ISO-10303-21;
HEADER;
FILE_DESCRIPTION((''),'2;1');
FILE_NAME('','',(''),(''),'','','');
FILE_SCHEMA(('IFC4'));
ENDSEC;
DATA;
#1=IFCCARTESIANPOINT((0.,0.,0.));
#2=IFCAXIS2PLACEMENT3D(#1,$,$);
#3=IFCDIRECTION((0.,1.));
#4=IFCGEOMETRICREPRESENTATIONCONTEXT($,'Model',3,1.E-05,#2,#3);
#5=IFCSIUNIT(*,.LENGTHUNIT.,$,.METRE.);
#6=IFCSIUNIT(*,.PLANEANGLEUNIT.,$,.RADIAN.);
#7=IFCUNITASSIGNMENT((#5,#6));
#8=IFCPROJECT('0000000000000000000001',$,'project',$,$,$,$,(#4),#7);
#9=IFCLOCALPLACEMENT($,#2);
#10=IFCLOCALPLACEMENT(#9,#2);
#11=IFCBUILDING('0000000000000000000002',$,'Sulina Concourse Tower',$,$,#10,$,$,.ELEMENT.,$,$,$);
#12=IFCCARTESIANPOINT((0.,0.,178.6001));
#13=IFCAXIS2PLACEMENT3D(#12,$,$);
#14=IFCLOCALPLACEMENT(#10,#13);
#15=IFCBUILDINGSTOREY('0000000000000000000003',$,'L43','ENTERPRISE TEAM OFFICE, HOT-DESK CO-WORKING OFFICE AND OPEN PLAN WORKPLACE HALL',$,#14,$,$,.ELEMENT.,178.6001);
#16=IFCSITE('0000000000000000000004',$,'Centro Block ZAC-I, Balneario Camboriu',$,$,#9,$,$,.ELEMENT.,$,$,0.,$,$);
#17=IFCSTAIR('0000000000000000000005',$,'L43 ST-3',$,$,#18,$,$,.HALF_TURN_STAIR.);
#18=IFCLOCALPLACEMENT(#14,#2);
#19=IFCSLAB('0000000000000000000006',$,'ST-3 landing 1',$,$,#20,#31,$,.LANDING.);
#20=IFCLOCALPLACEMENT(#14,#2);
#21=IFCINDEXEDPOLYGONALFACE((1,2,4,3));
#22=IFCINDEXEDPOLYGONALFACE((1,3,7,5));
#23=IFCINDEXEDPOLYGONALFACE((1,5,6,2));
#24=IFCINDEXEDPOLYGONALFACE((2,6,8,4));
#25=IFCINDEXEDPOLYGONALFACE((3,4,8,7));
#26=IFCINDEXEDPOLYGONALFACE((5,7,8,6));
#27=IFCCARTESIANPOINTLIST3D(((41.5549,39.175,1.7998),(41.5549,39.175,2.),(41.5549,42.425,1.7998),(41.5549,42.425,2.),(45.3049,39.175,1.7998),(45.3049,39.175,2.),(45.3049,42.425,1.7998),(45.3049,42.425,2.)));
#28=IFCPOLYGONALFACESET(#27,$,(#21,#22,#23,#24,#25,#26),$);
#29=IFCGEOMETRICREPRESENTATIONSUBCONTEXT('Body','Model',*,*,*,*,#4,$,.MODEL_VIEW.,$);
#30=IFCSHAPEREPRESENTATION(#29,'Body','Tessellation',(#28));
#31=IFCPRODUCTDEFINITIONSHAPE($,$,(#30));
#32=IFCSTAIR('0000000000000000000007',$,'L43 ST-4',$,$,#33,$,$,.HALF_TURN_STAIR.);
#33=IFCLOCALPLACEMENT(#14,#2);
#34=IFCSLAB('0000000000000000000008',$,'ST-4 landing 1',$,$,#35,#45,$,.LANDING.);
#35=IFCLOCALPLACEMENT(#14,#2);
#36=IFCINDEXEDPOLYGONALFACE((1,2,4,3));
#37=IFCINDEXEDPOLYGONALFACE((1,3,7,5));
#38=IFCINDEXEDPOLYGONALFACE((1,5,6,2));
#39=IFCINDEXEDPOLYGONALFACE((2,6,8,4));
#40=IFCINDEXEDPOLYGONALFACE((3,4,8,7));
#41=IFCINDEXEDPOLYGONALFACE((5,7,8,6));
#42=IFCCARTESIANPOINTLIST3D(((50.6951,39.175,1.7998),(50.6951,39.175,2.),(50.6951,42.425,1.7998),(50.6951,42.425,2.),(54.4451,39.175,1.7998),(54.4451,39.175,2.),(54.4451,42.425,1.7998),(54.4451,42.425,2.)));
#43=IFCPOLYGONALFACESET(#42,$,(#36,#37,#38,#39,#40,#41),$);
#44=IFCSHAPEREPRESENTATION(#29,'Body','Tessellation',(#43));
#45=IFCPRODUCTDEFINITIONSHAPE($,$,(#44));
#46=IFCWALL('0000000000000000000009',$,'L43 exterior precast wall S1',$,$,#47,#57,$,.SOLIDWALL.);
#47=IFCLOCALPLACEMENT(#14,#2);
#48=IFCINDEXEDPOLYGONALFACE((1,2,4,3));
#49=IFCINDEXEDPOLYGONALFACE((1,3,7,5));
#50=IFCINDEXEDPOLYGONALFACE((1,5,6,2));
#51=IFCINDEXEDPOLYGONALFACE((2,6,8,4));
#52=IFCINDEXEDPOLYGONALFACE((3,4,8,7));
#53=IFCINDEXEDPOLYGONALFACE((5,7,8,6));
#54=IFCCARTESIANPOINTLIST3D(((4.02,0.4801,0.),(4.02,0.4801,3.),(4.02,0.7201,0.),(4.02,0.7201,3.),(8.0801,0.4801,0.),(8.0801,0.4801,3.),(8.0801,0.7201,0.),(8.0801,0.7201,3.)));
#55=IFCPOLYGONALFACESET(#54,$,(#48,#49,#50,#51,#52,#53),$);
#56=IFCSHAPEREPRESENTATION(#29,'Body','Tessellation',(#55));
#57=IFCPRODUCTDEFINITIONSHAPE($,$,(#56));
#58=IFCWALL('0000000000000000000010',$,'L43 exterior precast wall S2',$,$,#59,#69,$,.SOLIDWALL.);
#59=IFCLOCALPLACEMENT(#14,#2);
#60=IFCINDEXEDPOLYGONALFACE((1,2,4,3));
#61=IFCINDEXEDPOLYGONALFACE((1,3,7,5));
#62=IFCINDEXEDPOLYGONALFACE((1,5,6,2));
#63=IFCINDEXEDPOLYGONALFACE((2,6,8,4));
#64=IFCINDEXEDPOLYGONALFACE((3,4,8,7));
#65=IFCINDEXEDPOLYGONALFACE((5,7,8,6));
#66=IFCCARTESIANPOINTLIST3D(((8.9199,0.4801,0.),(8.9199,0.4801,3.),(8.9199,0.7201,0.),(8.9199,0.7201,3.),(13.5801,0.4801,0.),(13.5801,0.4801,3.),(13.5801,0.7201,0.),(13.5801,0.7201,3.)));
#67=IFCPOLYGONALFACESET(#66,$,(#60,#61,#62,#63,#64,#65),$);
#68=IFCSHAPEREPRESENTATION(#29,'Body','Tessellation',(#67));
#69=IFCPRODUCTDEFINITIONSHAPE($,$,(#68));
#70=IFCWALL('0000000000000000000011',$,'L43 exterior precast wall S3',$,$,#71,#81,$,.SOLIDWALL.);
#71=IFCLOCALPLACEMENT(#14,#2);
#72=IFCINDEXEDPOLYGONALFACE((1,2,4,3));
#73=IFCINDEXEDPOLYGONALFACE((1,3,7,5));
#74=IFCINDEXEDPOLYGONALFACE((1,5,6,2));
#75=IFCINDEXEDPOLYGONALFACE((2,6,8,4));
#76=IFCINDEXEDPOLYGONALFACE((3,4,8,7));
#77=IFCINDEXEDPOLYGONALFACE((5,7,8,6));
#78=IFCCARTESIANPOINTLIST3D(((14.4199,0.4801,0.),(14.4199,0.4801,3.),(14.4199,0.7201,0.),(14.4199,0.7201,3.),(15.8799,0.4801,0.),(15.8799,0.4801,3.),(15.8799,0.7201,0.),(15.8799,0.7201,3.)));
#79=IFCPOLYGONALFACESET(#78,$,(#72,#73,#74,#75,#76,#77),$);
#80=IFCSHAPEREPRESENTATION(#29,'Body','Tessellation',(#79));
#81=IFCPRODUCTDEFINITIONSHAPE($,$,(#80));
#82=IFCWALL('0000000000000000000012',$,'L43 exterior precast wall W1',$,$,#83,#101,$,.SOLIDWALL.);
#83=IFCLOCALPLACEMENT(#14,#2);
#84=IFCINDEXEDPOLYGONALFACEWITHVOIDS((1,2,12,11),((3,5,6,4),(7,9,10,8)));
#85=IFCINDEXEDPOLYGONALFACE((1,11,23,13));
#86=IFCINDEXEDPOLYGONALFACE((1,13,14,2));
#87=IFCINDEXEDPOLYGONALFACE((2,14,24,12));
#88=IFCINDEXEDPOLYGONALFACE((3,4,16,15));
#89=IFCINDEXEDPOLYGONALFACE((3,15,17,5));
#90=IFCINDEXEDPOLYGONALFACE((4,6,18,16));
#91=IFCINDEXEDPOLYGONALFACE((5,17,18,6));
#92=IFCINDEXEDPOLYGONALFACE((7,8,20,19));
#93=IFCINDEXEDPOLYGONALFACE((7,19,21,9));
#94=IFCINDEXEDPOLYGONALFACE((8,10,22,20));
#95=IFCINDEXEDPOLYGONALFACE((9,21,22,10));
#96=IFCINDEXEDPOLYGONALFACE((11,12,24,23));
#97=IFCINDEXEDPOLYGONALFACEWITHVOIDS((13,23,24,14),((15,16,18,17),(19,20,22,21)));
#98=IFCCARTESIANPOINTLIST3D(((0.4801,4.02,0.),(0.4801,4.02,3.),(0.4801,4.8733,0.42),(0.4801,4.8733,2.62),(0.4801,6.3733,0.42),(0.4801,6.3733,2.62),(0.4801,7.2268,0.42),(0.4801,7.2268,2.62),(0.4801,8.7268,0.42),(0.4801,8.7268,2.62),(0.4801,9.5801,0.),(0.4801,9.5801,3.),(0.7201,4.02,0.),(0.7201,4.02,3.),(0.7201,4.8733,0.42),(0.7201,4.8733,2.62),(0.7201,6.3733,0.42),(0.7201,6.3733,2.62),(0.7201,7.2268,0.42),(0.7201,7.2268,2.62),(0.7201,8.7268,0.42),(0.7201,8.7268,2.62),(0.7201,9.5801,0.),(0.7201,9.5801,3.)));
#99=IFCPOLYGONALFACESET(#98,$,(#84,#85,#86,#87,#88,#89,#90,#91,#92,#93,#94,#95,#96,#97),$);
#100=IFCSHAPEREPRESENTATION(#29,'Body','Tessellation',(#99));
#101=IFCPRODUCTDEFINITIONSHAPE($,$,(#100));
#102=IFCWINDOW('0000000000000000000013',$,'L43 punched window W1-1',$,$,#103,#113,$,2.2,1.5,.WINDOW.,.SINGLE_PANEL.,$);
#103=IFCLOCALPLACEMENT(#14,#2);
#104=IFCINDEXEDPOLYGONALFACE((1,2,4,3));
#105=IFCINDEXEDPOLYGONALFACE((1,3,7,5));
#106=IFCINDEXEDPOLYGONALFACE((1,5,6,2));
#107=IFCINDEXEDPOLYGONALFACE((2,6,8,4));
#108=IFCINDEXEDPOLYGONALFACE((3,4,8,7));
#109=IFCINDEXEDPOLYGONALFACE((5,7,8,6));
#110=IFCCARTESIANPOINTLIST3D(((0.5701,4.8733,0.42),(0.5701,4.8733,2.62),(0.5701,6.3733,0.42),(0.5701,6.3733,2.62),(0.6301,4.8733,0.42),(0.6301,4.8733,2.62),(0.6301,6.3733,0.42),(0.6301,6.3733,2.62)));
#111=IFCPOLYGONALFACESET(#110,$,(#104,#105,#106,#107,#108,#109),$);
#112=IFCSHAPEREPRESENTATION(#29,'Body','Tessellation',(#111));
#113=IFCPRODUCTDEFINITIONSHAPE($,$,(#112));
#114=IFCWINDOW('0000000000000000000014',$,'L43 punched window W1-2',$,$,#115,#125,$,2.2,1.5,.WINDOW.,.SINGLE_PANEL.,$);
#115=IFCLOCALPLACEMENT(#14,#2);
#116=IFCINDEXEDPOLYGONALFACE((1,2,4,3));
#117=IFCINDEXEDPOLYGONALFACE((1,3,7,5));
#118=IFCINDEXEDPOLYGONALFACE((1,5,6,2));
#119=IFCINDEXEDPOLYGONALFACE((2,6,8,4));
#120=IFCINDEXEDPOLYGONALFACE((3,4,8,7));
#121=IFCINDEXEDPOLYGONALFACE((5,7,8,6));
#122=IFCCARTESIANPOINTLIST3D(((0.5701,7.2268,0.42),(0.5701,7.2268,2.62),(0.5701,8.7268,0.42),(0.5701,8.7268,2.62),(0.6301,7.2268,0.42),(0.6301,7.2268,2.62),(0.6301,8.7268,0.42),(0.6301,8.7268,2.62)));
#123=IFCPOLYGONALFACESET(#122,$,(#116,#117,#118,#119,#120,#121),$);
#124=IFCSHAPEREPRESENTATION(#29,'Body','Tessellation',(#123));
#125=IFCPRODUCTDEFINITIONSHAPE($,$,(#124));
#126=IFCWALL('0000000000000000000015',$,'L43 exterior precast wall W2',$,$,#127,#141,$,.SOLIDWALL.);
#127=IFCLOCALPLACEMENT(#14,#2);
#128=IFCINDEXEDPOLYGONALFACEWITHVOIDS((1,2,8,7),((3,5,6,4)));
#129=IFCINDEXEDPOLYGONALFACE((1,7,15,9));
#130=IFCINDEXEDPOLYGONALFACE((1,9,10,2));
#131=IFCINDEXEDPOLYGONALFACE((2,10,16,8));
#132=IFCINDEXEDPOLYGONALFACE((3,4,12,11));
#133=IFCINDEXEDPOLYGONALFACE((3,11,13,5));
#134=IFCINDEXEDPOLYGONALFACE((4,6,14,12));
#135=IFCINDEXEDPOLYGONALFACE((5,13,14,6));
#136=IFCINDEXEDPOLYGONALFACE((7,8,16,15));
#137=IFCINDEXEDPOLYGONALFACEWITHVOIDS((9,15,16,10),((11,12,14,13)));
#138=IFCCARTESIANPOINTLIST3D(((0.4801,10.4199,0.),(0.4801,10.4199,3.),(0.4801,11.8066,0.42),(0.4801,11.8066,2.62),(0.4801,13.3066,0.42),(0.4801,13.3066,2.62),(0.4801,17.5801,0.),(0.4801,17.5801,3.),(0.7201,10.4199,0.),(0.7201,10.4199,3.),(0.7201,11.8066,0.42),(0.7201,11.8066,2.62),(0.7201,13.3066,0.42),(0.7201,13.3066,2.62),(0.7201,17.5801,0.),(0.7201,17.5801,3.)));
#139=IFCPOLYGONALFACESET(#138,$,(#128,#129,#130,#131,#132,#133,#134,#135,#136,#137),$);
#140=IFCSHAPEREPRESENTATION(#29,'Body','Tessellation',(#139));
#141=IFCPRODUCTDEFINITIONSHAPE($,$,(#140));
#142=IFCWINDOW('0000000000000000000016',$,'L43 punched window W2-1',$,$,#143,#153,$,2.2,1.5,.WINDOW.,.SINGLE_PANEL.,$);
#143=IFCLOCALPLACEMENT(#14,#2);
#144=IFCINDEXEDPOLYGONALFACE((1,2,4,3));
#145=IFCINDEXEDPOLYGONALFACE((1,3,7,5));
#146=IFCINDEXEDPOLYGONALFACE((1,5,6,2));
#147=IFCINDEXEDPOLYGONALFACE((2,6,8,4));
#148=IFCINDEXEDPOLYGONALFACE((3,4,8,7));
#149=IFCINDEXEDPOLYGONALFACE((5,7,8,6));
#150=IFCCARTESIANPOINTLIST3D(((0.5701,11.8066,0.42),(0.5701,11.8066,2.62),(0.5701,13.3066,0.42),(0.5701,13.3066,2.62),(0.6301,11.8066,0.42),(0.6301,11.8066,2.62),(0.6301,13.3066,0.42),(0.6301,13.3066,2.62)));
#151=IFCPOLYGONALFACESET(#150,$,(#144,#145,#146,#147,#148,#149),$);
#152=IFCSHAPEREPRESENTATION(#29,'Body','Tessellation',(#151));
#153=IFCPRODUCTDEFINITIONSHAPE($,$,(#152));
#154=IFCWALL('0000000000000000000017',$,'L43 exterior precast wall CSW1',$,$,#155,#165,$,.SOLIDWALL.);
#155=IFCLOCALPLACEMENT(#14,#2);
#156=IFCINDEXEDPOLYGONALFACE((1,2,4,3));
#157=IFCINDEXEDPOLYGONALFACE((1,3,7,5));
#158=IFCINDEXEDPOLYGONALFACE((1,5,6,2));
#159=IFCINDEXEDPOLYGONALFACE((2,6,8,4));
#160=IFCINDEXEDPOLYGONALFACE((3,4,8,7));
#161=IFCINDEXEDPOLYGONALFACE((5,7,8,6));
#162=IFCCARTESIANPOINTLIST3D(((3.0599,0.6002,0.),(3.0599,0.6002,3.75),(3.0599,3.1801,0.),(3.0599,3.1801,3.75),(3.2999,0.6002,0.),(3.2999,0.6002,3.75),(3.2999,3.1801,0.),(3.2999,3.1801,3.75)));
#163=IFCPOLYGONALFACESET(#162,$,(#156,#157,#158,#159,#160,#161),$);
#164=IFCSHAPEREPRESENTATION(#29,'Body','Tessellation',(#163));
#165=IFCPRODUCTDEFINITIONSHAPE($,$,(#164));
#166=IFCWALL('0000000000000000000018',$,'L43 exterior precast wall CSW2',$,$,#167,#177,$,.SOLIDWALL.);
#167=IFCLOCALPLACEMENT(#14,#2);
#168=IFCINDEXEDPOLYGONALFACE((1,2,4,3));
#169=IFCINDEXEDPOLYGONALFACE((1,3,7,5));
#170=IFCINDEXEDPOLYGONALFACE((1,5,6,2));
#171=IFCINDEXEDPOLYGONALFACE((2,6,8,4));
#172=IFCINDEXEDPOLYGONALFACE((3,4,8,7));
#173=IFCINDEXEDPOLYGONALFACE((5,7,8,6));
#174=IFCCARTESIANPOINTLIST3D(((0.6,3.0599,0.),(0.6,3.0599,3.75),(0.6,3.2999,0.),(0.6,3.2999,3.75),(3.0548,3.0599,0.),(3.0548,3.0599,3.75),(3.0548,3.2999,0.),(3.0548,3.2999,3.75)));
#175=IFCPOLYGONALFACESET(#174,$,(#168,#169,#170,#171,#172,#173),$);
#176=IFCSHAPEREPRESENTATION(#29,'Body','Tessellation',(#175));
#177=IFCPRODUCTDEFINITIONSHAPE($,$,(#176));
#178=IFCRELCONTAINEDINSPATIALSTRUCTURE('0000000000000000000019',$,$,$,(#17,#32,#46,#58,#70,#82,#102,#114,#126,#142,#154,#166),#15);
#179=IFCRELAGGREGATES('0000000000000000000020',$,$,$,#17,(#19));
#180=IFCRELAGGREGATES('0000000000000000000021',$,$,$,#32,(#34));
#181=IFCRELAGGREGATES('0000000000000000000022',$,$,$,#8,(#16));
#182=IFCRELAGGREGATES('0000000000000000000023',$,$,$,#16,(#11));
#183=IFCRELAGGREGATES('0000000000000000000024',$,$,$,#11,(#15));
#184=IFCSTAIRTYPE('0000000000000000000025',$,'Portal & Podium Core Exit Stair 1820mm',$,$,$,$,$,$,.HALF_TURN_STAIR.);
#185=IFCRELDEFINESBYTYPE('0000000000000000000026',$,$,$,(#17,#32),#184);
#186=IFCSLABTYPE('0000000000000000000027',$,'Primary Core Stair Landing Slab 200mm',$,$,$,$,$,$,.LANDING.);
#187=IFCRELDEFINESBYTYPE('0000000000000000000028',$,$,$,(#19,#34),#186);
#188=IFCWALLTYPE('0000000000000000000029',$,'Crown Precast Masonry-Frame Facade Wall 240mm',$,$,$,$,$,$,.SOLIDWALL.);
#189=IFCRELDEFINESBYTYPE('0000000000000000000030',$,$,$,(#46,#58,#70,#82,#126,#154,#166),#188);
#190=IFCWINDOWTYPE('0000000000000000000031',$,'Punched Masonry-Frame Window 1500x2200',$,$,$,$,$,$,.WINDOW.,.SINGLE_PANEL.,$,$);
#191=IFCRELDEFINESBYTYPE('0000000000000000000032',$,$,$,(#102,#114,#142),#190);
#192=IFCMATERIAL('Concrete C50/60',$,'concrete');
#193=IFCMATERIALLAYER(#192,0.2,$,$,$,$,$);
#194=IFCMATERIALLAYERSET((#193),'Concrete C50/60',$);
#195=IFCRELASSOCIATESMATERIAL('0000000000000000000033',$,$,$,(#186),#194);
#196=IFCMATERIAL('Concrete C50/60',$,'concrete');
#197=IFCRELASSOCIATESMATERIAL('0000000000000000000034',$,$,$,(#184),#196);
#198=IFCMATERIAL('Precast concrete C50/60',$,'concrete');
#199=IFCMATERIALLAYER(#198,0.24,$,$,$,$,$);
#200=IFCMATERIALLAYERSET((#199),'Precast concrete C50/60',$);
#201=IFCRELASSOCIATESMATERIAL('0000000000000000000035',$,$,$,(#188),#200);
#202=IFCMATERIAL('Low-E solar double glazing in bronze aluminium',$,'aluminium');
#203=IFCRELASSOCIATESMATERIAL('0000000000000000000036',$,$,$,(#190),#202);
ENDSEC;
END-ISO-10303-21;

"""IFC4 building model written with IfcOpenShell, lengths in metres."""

from ifc_helpers import new_model, si_unit, direction, frame, frame_2d, origin, place, context, subcontext, project, spatial, polyline, rectangle, outline, extrude, material, layer, layer_set, type_object, element, fill, aggregate, save


model = new_model("IFC4")

# Units and contexts
model_context = context("Model", 3, precision=1e-05, world=origin(), true_north=direction((0.0, 1.0)))
body_context = subcontext(model_context, "Body", "Model", "MODEL_VIEW")
ifc_project = project(units=[si_unit("LENGTHUNIT", "METRE"), si_unit("PLANEANGLEUNIT", "RADIAN")], contexts=[model_context])

# Site, building, storey
site_placement = place(None, origin())
site = spatial("IfcSite", under=ifc_project, at=site_placement, Name="Centro Block ZAC-I, Balneario Camboriu", CompositionType="ELEMENT", RefElevation=0.0)
building_placement = place(site_placement, origin())
building = spatial("IfcBuilding", under=site, at=building_placement, Name="Sulina Concourse Tower", CompositionType="ELEMENT")
storey_placement = place(building_placement, frame((0.0, 0.0, 178.6001)))
storey = spatial("IfcBuildingStorey", under=building, at=storey_placement, Name="L43", Description="ENTERPRISE TEAM OFFICE, HOT-DESK CO-WORKING OFFICE AND OPEN PLAN WORKPLACE HALL", CompositionType="ELEMENT", Elevation=178.6001)

# Shared definitions
ifc_material_1 = material(Name="Concrete C50/60", Category="concrete")
ifc_layer_1 = layer(ifc_material_1, 0.2)
ifc_layer_set_1 = layer_set([ifc_layer_1], Name="Concrete C50/60")
slab_type_1 = type_object("IfcSlabType", Name="Primary Core Stair Landing Slab 200mm", PredefinedType="LANDING", material=ifc_layer_set_1)

# Stairs, slabs
ifc_material_2 = material(Name="Concrete C50/60", Category="concrete")
stair_type_1 = type_object("IfcStairType", Name="Portal & Podium Core Exit Stair 1820mm", PredefinedType="HALF_TURN_STAIR", material=ifc_material_2)
stair_1_placement = place(storey_placement, origin())
stair_1 = element("IfcStair", 1, at=stair_1_placement, inside=storey, type_object=stair_type_1, Name="L43 ST-3", PredefinedType="HALF_TURN_STAIR")
slab_1_placement = place(storey_placement, frame((0.0, 0.0, 1.7998)))
slab_1 = element("IfcSlab", 2, at=slab_1_placement, type_object=slab_type_1, Name="ST-3 landing 1", PredefinedType="LANDING", context=body_context, shape_type="SweptSolid", body=[
    extrude(outline(polyline([(45.3049, 39.175), (45.3049, 42.425), (41.5549, 42.425), (41.5549, 39.175), (45.3049, 39.175)])), origin(), (0.0, 0.0, 1.0), 0.2002),
])
aggregate(stair_1, [slab_1])
stair_2_placement = place(storey_placement, origin())
stair_2 = element("IfcStair", 3, at=stair_2_placement, inside=storey, type_object=stair_type_1, Name="L43 ST-4", PredefinedType="HALF_TURN_STAIR")
slab_2_placement = place(storey_placement, frame((0.0, 0.0, 1.7998)))
slab_2 = element("IfcSlab", 4, at=slab_2_placement, type_object=slab_type_1, Name="ST-4 landing 1", PredefinedType="LANDING", context=body_context, shape_type="SweptSolid", body=[
    extrude(outline(polyline([(54.4451, 39.175), (54.4451, 42.425), (50.6951, 42.425), (50.6951, 39.175), (54.4451, 39.175)])), origin(), (0.0, 0.0, 1.0), 0.2002),
])
aggregate(stair_2, [slab_2])

# Walls
ifc_material_3 = material(Name="Precast concrete C50/60", Category="concrete")
ifc_layer_2 = layer(ifc_material_3, 0.24)
ifc_layer_set_2 = layer_set([ifc_layer_2], Name="Precast concrete C50/60")
wall_type_1 = type_object("IfcWallType", Name="Crown Precast Masonry-Frame Facade Wall 240mm", PredefinedType="SOLIDWALL", material=ifc_layer_set_2)
wall_1_placement = place(storey_placement, frame((8.0801, 0.6001, 0.0), z_axis=(0.0, 0.0, 1.0), x_axis=(-1.0, 0.0, 0.0)))
element("IfcWall", 5, at=wall_1_placement, inside=storey, type_object=wall_type_1, Name="L43 exterior precast wall S1", PredefinedType="SOLIDWALL", context=body_context, shape_type="SweptSolid", body=[
    extrude(rectangle(XDim=4.0601, YDim=0.24, at=frame_2d((2.03, 0.0))), origin(), (0.0, 0.0, 1.0), 3.0),
])
wall_2_placement = place(storey_placement, frame((13.5801, 0.6001, 0.0), z_axis=(0.0, 0.0, 1.0), x_axis=(-1.0, 0.0, 0.0)))
element("IfcWall", 6, at=wall_2_placement, inside=storey, type_object=wall_type_1, Name="L43 exterior precast wall S2", PredefinedType="SOLIDWALL", context=body_context, shape_type="SweptSolid", body=[
    extrude(rectangle(XDim=4.6602, YDim=0.24, at=frame_2d((2.3301, 0.0))), origin(), (0.0, 0.0, 1.0), 3.0),
])
wall_3_placement = place(storey_placement, frame((15.8799, 0.6001, 0.0), z_axis=(0.0, 0.0, 1.0), x_axis=(-1.0, 0.0, 0.0)))
element("IfcWall", 7, at=wall_3_placement, inside=storey, type_object=wall_type_1, Name="L43 exterior precast wall S3", PredefinedType="SOLIDWALL", context=body_context, shape_type="SweptSolid", body=[
    extrude(rectangle(XDim=1.46, YDim=0.24, at=frame_2d((0.73, 0.0))), origin(), (0.0, 0.0, 1.0), 3.0),
])

# Wall, openings, windows
wall_4_placement = place(storey_placement, frame((0.6001, 4.02, 0.0), z_axis=(0.0, 0.0, 1.0), x_axis=(0.0, 1.0, 0.0)))
wall_4 = element("IfcWall", 8, at=wall_4_placement, inside=storey, type_object=wall_type_1, Name="L43 exterior precast wall W1", PredefinedType="SOLIDWALL", context=body_context, shape_type="SweptSolid", body=[
    extrude(rectangle(XDim=5.5601, YDim=0.24, at=frame_2d((2.78, 0.0))), origin(), (0.0, 0.0, 1.0), 3.0),
])
opening_1_placement = place(wall_4_placement, frame((0.8533, 0.0, 0.4199)))
opening_1 = element("IfcOpeningElement", 9, at=opening_1_placement, cuts=wall_4, PredefinedType="OPENING", context=body_context, shape_type="SweptSolid", body=[
    extrude(rectangle(XDim=1.5, YDim=2.2, at=frame_2d((0.75, 1.1001))), frame((0.0, 0.1299, 0.0), z_axis=(0.0, -1.0, 0.0), x_axis=(1.0, 0.0, 0.0)), (0.0, 0.0, 1.0), 0.26),
])
opening_2_placement = place(wall_4_placement, frame((3.2068, 0.0, 0.4199)))
opening_2 = element("IfcOpeningElement", 10, at=opening_2_placement, cuts=wall_4, PredefinedType="OPENING", context=body_context, shape_type="SweptSolid", body=[
    extrude(rectangle(XDim=1.5, YDim=2.2, at=frame_2d((0.75, 1.1001))), frame((0.0, 0.1299, 0.0), z_axis=(0.0, -1.0, 0.0), x_axis=(1.0, 0.0, 0.0)), (0.0, 0.0, 1.0), 0.26),
])
ifc_material_4 = material(Name="Low-E solar double glazing in bronze aluminium", Category="aluminium")
window_type = type_object("IfcWindowType", Name="Punched Masonry-Frame Window 1500x2200", PartitioningType="SINGLE_PANEL", PredefinedType="WINDOW", material=ifc_material_4)
window_1_placement = place(opening_1_placement, origin())
window_1 = element("IfcWindow", 11, at=window_1_placement, inside=storey, type_object=window_type, Name="L43 punched window W1-1", OverallHeight=2.2, OverallWidth=1.5, PartitioningType="SINGLE_PANEL", PredefinedType="WINDOW", context=body_context, shape_type="SweptSolid", body=[
    extrude(rectangle(XDim=1.5, YDim=2.2, at=frame_2d((0.75, 1.1001))), frame((0.0, 0.03, 0.0), z_axis=(0.0, -1.0, 0.0), x_axis=(1.0, 0.0, 0.0)), (0.0, 0.0, 1.0), 0.0601),
])
fill(opening_1, window_1)
window_2_placement = place(opening_2_placement, origin())
window_2 = element("IfcWindow", 12, at=window_2_placement, inside=storey, type_object=window_type, Name="L43 punched window W1-2", OverallHeight=2.2, OverallWidth=1.5, PartitioningType="SINGLE_PANEL", PredefinedType="WINDOW", context=body_context, shape_type="SweptSolid", body=[
    extrude(rectangle(XDim=1.5, YDim=2.2, at=frame_2d((0.75, 1.1001))), frame((0.0, 0.03, 0.0), z_axis=(0.0, -1.0, 0.0), x_axis=(1.0, 0.0, 0.0)), (0.0, 0.0, 1.0), 0.0601),
])
fill(opening_2, window_2)

# Wall, opening, window
wall_5_placement = place(storey_placement, frame((0.6001, 10.4199, 0.0), z_axis=(0.0, 0.0, 1.0), x_axis=(0.0, 1.0, 0.0)))
wall_5 = element("IfcWall", 13, at=wall_5_placement, inside=storey, type_object=wall_type_1, Name="L43 exterior precast wall W2", PredefinedType="SOLIDWALL", context=body_context, shape_type="SweptSolid", body=[
    extrude(rectangle(XDim=7.1602, YDim=0.24, at=frame_2d((3.5801, 0.0))), origin(), (0.0, 0.0, 1.0), 3.0),
])
opening_3_placement = place(wall_5_placement, frame((1.3867, 0.0, 0.4199)))
opening_3 = element("IfcOpeningElement", 14, at=opening_3_placement, cuts=wall_5, PredefinedType="OPENING", context=body_context, shape_type="SweptSolid", body=[
    extrude(rectangle(XDim=1.5, YDim=2.2, at=frame_2d((0.75, 1.1001))), frame((0.0, 0.1299, 0.0), z_axis=(0.0, -1.0, 0.0), x_axis=(1.0, 0.0, 0.0)), (0.0, 0.0, 1.0), 0.26),
])
window_3_placement = place(opening_3_placement, origin())
window_3 = element("IfcWindow", 15, at=window_3_placement, inside=storey, type_object=window_type, Name="L43 punched window W2-1", OverallHeight=2.2, OverallWidth=1.5, PartitioningType="SINGLE_PANEL", PredefinedType="WINDOW", context=body_context, shape_type="SweptSolid", body=[
    extrude(rectangle(XDim=1.5, YDim=2.2, at=frame_2d((0.75, 1.1001))), frame((0.0, 0.03, 0.0), z_axis=(0.0, -1.0, 0.0), x_axis=(1.0, 0.0, 0.0)), (0.0, 0.0, 1.0), 0.0601),
])
fill(opening_3, window_3)

# Walls
wall_6_placement = place(storey_placement, frame((3.1799, 0.6001, 0.0), z_axis=(0.0, 0.0, 1.0), x_axis=(0.0, 1.0, 0.0)))
element("IfcWall", 16, at=wall_6_placement, inside=storey, type_object=wall_type_1, Name="L43 exterior precast wall CSW1", PredefinedType="SOLIDWALL", context=body_context, shape_type="SweptSolid", body=[
    extrude(rectangle(XDim=2.5798, YDim=0.24, at=frame_2d((1.29, 0.0))), origin(), (0.0, 0.0, 1.0), 3.75),
])
wall_7_placement = place(storey_placement, frame((3.0549, 3.1799, 0.0), z_axis=(0.0, 0.0, 1.0), x_axis=(-1.0, 0.0, 0.0)))
element("IfcWall", 17, at=wall_7_placement, inside=storey, type_object=wall_type_1, Name="L43 exterior precast wall CSW2", PredefinedType="SOLIDWALL", context=body_context, shape_type="SweptSolid", body=[
    extrude(rectangle(XDim=2.4548, YDim=0.24, at=frame_2d((1.2275, 0.0))), origin(), (0.0, 0.0, 1.0), 3.75),
])

save(model, "model.ifc")
